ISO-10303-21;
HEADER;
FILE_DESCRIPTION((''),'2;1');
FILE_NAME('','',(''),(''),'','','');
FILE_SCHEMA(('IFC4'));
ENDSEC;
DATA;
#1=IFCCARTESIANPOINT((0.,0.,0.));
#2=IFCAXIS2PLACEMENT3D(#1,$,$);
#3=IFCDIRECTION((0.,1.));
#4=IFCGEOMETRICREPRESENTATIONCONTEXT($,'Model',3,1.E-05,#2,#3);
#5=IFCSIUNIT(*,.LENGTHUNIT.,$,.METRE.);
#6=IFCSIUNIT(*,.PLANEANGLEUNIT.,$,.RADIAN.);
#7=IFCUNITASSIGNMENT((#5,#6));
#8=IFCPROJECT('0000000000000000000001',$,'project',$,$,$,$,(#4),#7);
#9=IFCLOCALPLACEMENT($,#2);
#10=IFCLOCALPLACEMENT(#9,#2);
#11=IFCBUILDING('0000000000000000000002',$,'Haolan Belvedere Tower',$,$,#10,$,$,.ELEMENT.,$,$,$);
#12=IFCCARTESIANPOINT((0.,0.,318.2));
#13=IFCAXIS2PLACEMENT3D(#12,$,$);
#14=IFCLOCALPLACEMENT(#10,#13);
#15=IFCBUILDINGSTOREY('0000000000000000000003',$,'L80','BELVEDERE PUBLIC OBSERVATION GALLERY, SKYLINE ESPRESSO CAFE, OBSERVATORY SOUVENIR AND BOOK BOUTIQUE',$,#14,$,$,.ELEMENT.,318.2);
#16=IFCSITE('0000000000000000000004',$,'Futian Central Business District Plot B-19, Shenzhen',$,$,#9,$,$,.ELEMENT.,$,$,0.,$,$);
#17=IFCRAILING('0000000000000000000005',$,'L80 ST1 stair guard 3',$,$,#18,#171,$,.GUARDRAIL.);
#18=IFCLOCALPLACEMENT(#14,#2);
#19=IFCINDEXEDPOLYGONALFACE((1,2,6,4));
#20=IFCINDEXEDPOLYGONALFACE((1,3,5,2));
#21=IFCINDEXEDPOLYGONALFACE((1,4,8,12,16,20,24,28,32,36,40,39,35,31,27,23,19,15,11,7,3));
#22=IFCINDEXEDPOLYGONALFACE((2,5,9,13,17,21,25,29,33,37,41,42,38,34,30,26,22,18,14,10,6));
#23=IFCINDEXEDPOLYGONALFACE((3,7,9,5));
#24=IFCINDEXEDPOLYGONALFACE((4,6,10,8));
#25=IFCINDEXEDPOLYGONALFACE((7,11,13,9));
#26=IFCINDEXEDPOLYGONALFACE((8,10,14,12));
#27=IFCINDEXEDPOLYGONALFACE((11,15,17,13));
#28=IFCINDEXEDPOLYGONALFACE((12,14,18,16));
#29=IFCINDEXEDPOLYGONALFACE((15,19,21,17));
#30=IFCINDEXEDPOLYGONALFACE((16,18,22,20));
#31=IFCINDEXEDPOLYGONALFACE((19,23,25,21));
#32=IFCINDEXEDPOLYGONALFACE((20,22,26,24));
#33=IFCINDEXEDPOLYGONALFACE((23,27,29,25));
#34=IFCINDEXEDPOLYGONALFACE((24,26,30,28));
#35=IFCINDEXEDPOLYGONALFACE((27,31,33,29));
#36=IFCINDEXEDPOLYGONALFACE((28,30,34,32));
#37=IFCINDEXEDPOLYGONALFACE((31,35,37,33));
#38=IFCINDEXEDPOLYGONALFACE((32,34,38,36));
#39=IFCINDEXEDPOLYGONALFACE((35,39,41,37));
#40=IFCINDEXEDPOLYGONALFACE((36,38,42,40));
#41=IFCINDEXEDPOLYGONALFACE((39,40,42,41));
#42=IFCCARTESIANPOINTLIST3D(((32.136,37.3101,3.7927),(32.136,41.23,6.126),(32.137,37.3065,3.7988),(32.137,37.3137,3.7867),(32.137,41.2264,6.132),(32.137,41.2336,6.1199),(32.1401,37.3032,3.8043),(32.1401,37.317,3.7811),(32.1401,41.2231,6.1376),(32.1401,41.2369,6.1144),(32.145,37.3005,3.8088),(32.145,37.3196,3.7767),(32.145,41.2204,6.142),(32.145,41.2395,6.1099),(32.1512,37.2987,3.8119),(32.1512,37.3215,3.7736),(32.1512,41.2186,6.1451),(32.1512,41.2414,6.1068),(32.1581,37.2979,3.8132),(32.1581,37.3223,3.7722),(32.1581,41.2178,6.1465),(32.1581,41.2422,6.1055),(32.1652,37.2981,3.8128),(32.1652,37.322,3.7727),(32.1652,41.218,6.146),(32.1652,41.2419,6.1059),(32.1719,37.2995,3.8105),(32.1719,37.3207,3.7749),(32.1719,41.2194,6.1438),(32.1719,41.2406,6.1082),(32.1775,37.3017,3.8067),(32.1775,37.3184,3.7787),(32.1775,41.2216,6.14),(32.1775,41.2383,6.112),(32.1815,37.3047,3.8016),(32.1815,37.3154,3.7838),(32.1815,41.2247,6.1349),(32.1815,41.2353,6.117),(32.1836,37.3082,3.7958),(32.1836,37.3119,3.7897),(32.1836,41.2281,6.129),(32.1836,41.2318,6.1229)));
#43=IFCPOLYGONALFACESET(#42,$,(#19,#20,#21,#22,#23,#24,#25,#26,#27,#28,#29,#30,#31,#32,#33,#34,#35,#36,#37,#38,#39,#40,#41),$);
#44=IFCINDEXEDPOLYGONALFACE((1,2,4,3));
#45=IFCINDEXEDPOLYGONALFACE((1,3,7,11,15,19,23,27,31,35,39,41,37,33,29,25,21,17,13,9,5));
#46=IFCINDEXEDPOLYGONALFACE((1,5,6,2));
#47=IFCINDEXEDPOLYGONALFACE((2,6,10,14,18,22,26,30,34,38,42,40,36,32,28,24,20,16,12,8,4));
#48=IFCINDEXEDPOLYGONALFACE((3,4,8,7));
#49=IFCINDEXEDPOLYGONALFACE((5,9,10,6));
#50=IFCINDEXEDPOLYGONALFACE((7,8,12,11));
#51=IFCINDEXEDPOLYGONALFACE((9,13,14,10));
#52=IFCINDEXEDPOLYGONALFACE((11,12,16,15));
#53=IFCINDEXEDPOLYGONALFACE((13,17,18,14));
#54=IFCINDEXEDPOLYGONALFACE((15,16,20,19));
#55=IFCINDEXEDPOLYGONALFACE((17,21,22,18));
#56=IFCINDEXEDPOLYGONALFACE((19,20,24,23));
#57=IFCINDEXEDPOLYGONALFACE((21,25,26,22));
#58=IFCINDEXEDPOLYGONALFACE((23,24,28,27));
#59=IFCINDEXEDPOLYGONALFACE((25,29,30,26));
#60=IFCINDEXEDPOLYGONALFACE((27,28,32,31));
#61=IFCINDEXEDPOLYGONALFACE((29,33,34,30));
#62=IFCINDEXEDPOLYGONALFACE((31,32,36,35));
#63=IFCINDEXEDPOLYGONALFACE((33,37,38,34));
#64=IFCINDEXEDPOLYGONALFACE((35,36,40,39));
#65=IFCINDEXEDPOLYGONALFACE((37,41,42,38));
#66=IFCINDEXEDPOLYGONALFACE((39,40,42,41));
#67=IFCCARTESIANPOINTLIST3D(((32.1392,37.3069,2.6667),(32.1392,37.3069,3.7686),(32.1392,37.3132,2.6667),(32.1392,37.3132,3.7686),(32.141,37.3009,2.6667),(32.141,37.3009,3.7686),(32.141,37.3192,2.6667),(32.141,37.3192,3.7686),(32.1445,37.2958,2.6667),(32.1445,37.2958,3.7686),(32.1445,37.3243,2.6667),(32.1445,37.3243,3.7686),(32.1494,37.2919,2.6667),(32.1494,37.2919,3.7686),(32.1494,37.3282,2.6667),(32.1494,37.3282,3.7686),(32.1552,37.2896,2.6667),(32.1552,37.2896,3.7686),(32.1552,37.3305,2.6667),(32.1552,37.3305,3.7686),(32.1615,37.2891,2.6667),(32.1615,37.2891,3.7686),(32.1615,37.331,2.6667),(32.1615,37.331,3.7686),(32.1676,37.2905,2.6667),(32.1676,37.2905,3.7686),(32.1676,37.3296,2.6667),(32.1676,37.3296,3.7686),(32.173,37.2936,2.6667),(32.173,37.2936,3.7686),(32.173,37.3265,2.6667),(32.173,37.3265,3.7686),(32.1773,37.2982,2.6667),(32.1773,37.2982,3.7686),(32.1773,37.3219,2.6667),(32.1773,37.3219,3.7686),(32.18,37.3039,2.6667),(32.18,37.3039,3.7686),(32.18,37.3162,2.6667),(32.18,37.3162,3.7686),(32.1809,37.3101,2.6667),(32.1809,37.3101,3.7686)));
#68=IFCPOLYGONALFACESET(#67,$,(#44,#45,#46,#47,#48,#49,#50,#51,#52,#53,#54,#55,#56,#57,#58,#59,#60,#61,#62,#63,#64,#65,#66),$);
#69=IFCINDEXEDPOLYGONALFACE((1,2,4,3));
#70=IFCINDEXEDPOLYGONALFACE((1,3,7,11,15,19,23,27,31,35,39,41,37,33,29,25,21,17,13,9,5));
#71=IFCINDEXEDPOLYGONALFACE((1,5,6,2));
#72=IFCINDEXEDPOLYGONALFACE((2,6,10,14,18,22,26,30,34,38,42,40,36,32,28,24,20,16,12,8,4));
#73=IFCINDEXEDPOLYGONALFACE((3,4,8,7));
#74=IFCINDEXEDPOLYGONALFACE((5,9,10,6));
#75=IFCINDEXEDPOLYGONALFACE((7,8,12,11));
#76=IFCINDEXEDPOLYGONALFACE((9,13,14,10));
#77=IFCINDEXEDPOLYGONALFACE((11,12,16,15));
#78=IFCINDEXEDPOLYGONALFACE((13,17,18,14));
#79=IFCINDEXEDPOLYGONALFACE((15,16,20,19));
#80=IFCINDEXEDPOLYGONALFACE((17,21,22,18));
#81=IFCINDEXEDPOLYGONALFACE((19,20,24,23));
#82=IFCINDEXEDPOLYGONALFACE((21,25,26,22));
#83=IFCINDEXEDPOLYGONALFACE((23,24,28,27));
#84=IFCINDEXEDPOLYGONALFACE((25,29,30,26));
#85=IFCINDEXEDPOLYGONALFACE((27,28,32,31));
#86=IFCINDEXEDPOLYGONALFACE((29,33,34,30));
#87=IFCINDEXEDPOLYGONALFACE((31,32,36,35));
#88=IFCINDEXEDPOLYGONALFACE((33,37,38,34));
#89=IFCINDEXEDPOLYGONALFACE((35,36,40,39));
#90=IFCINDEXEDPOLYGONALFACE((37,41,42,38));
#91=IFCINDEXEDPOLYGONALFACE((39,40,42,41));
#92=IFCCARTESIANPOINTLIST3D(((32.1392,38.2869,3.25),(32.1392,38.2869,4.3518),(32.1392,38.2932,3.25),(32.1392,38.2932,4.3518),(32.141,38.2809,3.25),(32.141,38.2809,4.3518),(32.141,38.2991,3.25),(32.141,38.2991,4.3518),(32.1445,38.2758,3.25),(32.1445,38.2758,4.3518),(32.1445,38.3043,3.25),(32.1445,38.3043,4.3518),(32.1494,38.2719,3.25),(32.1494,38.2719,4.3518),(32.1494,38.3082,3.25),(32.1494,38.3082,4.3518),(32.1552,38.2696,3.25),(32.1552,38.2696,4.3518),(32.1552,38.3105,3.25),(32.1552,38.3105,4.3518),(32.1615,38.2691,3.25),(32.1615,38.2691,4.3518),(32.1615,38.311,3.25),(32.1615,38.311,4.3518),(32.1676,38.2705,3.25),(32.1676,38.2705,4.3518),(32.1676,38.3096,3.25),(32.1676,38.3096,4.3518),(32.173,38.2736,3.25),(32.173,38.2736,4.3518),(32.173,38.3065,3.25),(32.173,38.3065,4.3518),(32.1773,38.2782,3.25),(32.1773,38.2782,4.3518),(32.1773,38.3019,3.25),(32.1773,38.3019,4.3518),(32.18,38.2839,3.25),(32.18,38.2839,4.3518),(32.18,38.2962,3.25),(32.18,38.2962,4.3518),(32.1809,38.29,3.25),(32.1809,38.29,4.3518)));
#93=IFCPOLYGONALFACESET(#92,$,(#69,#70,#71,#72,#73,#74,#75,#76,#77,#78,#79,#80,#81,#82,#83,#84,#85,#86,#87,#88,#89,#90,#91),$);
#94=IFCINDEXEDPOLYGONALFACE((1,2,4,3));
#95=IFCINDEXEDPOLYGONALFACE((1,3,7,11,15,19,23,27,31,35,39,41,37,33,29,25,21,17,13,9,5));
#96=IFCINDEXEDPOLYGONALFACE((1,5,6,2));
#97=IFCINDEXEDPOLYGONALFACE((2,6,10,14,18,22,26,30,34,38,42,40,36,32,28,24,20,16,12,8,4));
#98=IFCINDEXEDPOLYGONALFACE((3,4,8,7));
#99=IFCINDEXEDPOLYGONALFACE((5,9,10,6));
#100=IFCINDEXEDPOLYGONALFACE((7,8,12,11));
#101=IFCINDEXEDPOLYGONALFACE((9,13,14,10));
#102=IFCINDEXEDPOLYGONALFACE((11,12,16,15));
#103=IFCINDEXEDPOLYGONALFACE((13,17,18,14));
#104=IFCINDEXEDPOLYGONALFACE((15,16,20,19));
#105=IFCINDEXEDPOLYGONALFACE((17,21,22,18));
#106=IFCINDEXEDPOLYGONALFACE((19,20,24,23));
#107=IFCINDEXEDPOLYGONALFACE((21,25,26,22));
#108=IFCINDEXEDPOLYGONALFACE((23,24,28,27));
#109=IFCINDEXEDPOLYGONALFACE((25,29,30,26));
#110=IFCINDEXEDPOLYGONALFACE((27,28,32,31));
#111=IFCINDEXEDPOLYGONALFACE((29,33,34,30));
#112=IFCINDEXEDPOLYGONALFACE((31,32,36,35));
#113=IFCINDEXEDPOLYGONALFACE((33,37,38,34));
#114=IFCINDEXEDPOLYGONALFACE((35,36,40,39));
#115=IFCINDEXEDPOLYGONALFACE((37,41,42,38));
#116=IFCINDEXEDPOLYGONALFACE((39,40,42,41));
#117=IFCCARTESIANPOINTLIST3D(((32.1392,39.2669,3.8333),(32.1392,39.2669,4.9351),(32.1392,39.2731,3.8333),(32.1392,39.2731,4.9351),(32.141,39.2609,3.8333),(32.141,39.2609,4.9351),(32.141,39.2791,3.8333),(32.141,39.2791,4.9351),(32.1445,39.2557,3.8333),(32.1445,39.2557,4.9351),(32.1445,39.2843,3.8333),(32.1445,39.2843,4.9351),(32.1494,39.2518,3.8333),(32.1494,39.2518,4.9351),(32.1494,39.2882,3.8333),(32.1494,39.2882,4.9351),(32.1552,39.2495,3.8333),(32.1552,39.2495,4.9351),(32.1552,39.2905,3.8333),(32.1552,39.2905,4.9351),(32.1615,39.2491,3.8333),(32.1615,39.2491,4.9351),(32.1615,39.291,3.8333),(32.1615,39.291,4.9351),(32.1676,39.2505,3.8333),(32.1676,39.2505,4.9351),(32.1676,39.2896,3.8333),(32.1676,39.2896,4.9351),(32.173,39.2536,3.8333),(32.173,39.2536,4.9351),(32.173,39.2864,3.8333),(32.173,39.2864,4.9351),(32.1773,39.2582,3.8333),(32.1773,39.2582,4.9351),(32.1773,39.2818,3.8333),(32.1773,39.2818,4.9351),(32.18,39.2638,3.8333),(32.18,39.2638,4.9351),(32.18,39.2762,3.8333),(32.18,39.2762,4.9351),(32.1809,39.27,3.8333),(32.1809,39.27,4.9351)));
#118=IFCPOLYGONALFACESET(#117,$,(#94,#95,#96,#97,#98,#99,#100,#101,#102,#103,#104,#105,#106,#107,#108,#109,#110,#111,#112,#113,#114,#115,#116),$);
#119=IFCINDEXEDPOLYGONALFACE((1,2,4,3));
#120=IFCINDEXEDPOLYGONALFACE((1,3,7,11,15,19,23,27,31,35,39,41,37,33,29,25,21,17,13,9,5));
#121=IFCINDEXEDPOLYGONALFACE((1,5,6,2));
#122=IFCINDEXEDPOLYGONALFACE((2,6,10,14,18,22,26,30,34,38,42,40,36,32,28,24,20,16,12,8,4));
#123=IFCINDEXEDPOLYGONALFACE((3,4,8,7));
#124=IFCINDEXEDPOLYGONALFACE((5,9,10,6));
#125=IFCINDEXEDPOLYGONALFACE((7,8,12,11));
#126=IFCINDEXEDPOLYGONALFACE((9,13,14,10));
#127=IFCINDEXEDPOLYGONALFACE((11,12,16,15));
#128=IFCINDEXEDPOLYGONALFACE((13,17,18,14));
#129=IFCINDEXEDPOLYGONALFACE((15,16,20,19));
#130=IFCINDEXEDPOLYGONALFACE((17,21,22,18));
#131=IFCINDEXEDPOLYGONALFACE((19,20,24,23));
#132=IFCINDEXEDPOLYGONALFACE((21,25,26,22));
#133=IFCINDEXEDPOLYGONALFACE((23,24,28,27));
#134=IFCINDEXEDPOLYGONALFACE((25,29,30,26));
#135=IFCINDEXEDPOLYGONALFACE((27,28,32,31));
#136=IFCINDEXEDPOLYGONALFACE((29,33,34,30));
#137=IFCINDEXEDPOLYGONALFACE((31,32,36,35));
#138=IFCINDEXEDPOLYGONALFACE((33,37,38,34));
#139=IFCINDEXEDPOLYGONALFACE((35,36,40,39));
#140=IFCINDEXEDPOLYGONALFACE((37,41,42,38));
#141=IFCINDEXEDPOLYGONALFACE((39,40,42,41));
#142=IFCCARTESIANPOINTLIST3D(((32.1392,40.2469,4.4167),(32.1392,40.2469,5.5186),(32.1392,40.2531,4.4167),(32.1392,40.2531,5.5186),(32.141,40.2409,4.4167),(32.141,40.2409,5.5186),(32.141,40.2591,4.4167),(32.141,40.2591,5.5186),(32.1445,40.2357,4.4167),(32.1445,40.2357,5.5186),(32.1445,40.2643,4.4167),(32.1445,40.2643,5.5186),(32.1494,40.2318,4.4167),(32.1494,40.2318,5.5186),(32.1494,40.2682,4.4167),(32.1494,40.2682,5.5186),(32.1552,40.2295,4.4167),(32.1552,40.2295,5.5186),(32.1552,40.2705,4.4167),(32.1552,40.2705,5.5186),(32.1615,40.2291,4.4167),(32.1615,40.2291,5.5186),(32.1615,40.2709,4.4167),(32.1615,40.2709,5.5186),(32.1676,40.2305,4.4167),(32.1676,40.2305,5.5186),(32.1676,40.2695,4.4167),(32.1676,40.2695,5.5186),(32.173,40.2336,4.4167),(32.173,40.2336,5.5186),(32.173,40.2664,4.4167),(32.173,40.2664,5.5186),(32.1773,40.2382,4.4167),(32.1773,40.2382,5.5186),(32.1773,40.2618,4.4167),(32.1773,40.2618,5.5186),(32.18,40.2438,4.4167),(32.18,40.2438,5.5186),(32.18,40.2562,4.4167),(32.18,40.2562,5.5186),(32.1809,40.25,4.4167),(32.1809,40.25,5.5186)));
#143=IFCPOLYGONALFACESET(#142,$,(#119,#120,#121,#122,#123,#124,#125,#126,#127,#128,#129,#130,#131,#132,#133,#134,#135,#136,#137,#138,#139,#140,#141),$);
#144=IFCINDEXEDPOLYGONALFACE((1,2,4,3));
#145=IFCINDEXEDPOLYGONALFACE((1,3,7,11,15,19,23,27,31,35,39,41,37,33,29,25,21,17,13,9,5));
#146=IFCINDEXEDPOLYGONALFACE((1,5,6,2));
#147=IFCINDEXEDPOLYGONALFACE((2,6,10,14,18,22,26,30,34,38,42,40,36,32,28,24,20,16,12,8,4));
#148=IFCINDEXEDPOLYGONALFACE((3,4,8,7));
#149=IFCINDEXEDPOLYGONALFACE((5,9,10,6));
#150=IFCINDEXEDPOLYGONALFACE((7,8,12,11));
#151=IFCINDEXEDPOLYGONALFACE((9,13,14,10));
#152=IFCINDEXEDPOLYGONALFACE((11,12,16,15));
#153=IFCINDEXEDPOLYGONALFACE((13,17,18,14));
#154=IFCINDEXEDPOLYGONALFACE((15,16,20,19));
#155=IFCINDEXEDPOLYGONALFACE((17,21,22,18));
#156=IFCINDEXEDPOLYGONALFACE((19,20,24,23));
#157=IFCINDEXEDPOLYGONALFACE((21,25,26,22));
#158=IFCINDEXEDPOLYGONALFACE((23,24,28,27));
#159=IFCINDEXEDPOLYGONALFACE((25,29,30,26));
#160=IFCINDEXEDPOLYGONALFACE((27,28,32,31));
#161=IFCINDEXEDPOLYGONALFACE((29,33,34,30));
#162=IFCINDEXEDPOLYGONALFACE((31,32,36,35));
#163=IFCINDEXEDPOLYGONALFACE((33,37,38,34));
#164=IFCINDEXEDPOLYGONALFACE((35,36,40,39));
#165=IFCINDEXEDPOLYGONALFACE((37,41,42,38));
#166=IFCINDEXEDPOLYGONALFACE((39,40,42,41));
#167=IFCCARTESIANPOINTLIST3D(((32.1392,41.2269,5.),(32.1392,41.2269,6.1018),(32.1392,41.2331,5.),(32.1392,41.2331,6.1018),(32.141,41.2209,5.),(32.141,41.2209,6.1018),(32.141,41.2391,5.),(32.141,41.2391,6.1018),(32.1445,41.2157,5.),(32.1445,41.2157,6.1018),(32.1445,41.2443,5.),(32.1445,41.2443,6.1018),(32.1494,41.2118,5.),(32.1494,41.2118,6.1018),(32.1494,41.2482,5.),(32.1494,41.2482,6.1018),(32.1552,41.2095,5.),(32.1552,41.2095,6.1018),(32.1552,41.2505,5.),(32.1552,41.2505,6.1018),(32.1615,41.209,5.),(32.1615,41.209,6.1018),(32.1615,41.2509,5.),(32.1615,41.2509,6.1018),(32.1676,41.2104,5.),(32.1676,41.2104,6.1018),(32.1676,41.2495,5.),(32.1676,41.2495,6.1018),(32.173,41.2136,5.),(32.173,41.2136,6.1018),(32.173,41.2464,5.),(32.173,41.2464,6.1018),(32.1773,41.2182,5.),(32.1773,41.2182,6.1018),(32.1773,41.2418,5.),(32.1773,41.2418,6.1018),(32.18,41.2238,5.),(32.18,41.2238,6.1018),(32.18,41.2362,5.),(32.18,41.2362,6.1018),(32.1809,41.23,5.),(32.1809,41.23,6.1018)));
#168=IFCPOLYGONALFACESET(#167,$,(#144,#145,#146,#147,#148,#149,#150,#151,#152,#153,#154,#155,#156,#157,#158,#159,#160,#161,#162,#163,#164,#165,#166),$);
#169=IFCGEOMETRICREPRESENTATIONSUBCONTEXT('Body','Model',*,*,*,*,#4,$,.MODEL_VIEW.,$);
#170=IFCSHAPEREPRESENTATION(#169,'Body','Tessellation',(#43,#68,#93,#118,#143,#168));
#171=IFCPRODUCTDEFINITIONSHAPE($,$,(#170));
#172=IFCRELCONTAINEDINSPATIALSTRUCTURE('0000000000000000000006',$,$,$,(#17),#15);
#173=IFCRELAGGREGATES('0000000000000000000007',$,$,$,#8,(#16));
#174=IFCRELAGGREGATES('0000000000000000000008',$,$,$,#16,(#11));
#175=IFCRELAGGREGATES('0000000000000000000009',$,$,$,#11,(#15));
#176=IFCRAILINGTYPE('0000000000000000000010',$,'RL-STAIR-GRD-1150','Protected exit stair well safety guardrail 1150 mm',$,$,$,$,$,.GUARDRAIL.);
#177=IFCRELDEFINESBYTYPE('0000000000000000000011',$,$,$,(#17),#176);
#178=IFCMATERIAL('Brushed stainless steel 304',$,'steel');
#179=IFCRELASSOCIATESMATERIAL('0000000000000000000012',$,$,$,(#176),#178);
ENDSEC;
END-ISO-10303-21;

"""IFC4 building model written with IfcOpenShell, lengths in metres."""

from ifc_helpers import new_model, si_unit, direction, frame, origin, origin_2d, place, context, subcontext, project, spatial, circle, extrude, material, type_object, element, save


model = new_model("IFC4")

# Units and contexts
model_context = context("Model", 3, precision=1e-05, world=origin(), true_north=direction((0.0, 1.0)))
body_context = subcontext(model_context, "Body", "Model", "MODEL_VIEW")
ifc_project = project(units=[si_unit("LENGTHUNIT", "METRE"), si_unit("PLANEANGLEUNIT", "RADIAN")], contexts=[model_context])

# Site, building, storey
site_placement = place(None, origin())
site = spatial("IfcSite", under=ifc_project, at=site_placement, Name="Futian Central Business District Plot B-19, Shenzhen", CompositionType="ELEMENT", RefElevation=0.0)
building_placement = place(site_placement, origin())
building = spatial("IfcBuilding", under=site, at=building_placement, Name="Haolan Belvedere Tower", CompositionType="ELEMENT")
storey_placement = place(building_placement, frame((0.0, 0.0, 318.2)))
storey = spatial("IfcBuildingStorey", under=building, at=storey_placement, Name="L80", Description="BELVEDERE PUBLIC OBSERVATION GALLERY, SKYLINE ESPRESSO CAFE, OBSERVATORY SOUVENIR AND BOOK BOUTIQUE", CompositionType="ELEMENT", Elevation=318.2)

# Railing
ifc_material_1 = material(Name="Brushed stainless steel 304", Category="steel")
railing_type_1 = type_object("IfcRailingType", Name="RL-STAIR-GRD-1150", Description="Protected exit stair well safety guardrail 1150 mm", PredefinedType="GUARDRAIL", material=ifc_material_1)
railing_1_placement = place(storey_placement, frame((32.1599, 37.3101, 2.6667)))
element("IfcRailing", 1, at=railing_1_placement, inside=storey, type_object=railing_type_1, Name="L80 ST1 stair guard 3", PredefinedType="GUARDRAIL", context=body_context, shape_type="SweptSolid", body=[
    extrude(circle(Radius=0.0239, at=origin_2d()), frame((0.0, 0.0, 1.126), z_axis=(0.0, 0.859296, 0.511478), x_axis=(-1.0, 0.0, 0.0)), (0.0, 0.0, 1.0), 4.5618),
    extrude(circle(Radius=0.021, at=origin_2d()), origin(), (0.0, 0.0, 1.0), 1.1018),
    extrude(circle(Radius=0.021, at=origin_2d()), frame((0.0, 0.98, 0.5833)), (0.0, 0.0, 1.0), 1.1018),
    extrude(circle(Radius=0.021, at=origin_2d()), frame((0.0, 1.96, 1.1665)), (0.0, 0.0, 1.0), 1.1018),
    extrude(circle(Radius=0.021, at=origin_2d()), frame((0.0, 2.9399, 1.75)), (0.0, 0.0, 1.0), 1.1018),
    extrude(circle(Radius=0.021, at=origin_2d()), frame((0.0, 3.9199, 2.3333)), (0.0, 0.0, 1.0), 1.1018),
])

save(model, "model.ifc")
